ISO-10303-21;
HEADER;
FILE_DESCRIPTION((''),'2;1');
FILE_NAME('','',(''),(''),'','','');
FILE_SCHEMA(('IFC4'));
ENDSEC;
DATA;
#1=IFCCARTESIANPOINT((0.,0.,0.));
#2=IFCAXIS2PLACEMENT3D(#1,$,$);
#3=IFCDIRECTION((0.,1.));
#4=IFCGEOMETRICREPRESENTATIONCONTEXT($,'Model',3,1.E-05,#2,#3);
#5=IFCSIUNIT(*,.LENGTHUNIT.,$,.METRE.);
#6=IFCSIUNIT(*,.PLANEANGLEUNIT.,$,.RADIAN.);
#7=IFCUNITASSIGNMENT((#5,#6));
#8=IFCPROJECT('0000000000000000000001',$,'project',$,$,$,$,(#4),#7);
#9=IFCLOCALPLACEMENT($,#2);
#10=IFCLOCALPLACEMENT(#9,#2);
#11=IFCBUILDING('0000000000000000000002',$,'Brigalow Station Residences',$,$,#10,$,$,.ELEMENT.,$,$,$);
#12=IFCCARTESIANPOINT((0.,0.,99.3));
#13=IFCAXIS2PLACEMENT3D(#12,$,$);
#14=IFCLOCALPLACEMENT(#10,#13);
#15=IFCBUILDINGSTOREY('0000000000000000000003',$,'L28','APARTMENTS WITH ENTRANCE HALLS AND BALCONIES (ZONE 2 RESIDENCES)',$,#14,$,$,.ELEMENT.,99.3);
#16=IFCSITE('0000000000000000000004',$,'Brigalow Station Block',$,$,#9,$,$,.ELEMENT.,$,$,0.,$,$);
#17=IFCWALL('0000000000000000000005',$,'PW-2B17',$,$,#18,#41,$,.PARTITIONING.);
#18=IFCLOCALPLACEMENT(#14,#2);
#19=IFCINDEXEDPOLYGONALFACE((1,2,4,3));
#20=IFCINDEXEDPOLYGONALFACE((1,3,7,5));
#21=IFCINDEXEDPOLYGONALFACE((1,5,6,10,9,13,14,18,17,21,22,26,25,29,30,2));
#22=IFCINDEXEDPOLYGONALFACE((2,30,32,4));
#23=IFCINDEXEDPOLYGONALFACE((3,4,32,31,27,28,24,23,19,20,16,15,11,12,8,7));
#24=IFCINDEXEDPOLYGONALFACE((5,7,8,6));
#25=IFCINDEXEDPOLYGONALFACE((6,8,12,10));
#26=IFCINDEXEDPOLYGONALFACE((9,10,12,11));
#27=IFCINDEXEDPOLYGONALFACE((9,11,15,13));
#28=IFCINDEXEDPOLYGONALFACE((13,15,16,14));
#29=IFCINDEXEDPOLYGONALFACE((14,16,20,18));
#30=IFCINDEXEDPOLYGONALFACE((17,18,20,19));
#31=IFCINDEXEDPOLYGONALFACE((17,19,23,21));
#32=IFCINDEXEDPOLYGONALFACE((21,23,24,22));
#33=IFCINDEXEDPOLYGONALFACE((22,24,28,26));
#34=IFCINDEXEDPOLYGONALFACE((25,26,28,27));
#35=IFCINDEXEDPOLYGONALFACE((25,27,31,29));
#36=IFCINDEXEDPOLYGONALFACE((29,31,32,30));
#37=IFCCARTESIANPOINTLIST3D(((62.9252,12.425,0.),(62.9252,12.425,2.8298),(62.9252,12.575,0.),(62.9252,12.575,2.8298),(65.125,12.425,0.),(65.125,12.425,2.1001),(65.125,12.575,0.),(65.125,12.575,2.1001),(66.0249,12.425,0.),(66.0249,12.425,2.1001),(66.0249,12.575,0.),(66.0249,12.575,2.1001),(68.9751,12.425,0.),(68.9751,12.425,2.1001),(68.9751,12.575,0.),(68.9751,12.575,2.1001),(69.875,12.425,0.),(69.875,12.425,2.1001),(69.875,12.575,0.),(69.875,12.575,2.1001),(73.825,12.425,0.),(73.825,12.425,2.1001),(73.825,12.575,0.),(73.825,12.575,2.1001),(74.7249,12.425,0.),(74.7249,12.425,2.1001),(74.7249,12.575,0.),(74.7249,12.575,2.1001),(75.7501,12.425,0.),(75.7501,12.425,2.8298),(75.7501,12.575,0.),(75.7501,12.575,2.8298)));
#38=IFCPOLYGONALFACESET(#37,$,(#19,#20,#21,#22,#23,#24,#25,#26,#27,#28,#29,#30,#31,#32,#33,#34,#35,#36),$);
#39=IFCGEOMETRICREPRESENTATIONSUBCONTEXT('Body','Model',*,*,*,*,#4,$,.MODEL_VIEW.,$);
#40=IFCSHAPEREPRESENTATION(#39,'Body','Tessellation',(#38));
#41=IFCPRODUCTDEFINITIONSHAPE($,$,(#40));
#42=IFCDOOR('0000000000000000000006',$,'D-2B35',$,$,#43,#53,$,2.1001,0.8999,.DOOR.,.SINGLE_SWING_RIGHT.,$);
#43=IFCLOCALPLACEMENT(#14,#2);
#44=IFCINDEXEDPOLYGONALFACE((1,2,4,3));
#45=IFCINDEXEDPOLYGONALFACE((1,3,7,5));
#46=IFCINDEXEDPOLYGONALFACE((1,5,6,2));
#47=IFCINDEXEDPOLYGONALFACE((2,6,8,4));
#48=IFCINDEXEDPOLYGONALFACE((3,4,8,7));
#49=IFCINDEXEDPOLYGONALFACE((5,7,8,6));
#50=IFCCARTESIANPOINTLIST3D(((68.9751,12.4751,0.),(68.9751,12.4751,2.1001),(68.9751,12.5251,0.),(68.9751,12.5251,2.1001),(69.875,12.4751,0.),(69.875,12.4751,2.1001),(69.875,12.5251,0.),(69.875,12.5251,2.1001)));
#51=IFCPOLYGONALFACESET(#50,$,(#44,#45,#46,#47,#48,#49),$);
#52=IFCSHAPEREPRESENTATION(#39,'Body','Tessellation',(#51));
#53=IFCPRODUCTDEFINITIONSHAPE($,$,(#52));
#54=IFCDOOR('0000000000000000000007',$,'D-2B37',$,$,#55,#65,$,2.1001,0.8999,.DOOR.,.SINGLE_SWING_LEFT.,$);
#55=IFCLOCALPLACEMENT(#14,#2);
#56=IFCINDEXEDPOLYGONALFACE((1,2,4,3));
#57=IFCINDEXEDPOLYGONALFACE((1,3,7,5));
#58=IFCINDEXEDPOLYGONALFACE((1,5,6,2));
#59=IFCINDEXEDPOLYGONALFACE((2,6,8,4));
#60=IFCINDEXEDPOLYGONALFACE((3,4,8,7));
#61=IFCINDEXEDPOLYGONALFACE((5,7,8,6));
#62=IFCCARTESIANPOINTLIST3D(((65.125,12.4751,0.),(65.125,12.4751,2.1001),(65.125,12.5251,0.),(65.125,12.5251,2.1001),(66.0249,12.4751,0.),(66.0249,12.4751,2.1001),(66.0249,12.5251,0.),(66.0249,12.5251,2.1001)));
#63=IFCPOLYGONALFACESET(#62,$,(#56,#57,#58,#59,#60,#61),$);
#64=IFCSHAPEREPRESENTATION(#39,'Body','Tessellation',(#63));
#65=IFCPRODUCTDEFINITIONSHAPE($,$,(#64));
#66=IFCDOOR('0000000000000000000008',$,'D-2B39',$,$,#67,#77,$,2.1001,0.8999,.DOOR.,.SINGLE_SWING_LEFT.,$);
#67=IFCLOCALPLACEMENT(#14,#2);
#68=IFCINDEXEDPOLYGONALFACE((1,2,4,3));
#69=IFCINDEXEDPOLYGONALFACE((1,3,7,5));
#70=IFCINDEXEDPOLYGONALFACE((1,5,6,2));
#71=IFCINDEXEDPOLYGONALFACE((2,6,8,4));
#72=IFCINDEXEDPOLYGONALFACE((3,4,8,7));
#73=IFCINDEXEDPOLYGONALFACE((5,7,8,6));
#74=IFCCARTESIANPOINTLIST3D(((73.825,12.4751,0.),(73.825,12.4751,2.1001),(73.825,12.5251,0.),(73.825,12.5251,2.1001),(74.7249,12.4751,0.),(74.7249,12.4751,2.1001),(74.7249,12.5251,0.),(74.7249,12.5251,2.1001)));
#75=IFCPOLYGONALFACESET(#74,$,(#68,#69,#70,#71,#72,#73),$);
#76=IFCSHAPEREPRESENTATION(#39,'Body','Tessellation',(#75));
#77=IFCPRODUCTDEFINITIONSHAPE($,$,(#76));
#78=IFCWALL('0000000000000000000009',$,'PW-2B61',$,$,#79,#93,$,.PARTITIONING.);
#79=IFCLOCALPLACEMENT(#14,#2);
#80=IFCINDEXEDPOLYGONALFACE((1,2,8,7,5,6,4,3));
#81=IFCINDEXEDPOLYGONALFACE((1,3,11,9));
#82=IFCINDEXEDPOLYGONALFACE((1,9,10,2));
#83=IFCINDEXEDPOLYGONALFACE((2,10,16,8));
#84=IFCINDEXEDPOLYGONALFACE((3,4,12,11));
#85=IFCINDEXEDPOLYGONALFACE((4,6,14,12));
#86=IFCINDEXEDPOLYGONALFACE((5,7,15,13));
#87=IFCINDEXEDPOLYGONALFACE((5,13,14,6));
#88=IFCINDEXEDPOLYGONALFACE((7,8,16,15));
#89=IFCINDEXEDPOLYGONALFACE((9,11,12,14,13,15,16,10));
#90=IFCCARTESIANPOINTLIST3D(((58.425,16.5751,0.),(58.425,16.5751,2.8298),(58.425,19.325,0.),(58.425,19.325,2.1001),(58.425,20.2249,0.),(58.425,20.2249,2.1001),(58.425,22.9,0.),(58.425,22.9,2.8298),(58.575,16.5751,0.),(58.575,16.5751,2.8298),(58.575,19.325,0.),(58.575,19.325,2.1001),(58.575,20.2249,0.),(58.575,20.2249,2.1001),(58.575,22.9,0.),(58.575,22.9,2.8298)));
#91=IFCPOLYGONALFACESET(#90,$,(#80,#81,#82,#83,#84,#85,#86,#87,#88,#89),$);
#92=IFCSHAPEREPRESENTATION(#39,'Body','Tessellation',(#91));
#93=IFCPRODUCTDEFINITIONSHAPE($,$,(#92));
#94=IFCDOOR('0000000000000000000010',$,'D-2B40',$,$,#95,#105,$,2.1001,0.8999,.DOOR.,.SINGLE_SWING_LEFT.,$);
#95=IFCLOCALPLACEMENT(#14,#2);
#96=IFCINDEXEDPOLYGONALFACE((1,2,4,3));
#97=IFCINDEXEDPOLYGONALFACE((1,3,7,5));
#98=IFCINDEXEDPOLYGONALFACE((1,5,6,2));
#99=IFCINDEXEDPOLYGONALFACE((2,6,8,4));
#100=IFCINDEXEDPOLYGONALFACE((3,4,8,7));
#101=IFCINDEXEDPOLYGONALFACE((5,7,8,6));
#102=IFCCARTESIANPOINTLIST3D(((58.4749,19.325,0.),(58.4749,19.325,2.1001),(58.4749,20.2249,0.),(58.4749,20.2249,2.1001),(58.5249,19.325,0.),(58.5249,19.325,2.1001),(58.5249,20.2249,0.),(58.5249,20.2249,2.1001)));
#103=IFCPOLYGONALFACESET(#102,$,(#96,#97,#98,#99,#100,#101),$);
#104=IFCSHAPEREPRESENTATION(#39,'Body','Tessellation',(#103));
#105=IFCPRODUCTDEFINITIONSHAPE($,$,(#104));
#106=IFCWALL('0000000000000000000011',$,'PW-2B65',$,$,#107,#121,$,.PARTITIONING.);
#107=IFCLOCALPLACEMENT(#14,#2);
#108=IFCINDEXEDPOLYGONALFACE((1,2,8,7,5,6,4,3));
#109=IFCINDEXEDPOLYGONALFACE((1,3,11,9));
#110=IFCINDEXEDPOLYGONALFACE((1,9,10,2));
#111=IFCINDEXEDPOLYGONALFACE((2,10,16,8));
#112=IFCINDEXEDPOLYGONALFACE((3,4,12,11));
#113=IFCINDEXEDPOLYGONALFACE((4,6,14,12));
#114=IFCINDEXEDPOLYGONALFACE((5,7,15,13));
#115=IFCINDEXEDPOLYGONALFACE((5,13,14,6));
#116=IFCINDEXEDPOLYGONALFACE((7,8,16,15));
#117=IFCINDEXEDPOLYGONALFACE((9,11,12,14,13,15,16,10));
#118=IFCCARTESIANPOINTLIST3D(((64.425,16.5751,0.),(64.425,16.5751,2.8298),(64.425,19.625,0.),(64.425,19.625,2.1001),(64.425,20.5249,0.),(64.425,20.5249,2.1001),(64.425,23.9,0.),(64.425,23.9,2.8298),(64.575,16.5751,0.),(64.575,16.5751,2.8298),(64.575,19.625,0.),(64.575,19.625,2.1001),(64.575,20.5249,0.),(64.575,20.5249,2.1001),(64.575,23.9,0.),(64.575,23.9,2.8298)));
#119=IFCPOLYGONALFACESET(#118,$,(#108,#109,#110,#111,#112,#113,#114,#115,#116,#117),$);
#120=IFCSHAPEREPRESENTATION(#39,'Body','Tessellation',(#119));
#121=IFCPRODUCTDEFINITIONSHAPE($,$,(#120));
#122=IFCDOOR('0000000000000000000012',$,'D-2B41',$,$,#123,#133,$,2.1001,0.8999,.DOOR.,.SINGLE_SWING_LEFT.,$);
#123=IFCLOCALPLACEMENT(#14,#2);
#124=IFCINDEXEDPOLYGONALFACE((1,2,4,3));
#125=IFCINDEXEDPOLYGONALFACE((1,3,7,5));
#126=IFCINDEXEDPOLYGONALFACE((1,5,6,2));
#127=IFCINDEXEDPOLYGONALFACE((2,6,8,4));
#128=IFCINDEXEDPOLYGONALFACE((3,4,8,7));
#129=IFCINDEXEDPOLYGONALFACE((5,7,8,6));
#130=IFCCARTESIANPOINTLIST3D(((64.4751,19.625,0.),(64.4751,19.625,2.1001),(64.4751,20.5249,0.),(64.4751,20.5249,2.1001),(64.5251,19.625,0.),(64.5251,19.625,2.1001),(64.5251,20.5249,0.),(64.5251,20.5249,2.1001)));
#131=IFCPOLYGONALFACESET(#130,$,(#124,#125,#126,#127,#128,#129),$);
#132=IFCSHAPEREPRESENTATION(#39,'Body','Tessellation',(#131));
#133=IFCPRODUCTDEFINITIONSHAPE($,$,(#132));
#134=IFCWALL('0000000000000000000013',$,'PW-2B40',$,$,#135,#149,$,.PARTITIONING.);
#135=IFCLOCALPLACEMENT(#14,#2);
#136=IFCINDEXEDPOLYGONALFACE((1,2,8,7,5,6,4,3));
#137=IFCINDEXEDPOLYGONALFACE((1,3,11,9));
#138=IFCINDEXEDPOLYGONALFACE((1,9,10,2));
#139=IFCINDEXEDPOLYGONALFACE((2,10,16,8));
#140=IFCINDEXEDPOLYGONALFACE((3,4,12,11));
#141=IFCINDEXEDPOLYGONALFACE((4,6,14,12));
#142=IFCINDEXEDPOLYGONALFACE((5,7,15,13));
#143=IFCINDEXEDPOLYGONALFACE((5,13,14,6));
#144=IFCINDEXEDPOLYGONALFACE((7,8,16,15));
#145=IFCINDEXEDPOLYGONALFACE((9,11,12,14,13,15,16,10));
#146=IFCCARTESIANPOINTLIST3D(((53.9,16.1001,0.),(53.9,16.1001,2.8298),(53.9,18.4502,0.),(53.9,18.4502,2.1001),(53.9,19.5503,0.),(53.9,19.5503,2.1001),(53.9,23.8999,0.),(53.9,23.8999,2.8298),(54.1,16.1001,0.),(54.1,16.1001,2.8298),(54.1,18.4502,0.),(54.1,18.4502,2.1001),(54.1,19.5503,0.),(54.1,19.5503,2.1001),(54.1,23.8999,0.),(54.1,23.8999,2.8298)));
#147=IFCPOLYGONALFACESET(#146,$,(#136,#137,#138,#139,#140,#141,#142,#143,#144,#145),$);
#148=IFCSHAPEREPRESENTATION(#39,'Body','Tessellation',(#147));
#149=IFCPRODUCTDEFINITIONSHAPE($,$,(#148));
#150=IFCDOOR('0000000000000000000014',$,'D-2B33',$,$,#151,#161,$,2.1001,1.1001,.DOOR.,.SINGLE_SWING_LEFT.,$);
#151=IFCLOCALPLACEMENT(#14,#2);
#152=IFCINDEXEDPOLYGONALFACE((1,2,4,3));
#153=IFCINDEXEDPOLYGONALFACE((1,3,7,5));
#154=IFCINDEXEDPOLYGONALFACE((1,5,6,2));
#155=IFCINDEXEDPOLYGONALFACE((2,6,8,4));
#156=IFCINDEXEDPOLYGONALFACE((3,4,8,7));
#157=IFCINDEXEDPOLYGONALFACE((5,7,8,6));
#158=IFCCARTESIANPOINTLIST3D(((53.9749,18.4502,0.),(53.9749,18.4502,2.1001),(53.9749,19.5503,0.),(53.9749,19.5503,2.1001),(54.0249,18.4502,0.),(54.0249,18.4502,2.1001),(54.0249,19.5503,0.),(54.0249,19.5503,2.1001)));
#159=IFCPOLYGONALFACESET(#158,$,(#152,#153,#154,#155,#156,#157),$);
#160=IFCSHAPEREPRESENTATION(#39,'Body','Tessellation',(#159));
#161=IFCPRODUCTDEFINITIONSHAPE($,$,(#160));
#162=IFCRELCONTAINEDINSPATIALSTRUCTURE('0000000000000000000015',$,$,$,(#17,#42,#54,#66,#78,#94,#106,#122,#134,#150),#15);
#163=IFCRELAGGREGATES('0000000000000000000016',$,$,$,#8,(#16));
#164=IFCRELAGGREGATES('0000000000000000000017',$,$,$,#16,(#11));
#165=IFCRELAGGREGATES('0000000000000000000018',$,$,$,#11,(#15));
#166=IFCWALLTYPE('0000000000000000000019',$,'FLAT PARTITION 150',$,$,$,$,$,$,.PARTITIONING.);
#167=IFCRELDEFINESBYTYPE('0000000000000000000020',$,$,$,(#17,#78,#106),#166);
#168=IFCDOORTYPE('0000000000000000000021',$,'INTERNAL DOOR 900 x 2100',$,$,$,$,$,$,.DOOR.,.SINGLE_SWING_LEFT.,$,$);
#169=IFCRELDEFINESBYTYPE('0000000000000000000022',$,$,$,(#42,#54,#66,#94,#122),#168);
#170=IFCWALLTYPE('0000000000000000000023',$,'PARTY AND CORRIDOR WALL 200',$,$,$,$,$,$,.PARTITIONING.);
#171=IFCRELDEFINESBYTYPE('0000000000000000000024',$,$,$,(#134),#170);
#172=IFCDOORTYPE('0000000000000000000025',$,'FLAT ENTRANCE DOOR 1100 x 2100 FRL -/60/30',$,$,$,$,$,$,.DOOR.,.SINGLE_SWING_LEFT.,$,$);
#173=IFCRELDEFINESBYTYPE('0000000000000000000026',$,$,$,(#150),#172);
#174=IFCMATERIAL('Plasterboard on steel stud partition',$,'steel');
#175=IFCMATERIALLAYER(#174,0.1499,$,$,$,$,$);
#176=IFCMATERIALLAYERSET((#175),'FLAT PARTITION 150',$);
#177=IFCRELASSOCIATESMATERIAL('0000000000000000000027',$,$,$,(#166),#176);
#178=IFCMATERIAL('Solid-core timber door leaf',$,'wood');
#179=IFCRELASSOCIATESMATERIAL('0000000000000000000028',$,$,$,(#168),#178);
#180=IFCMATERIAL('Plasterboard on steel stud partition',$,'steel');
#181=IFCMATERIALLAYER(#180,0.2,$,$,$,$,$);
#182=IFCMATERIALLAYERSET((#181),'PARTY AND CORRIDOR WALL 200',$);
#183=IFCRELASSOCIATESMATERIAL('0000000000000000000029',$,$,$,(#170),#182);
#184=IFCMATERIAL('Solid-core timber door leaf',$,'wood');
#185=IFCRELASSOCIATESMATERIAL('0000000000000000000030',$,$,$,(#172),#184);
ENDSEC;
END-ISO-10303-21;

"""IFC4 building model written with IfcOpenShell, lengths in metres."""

from ifc_helpers import new_model, si_unit, direction, frame, frame_2d, origin, place, context, subcontext, project, spatial, rectangle, extrude, material, layer, layer_set, type_object, element, fill, save


model = new_model("IFC4")

# Units and contexts
model_context = context("Model", 3, precision=1e-05, world=origin(), true_north=direction((0.0, 1.0)))
body_context = subcontext(model_context, "Body", "Model", "MODEL_VIEW")
ifc_project = project(units=[si_unit("LENGTHUNIT", "METRE"), si_unit("PLANEANGLEUNIT", "RADIAN")], contexts=[model_context])

# Site, building, storey
site_placement = place(None, origin())
site = spatial("IfcSite", under=ifc_project, at=site_placement, Name="Brigalow Station Block", CompositionType="ELEMENT", RefElevation=0.0)
building_placement = place(site_placement, origin())
building = spatial("IfcBuilding", under=site, at=building_placement, Name="Brigalow Station Residences", CompositionType="ELEMENT")
storey_placement = place(building_placement, frame((0.0, 0.0, 99.3)))
storey = spatial("IfcBuildingStorey", under=building, at=storey_placement, Name="L28", Description="APARTMENTS WITH ENTRANCE HALLS AND BALCONIES (ZONE 2 RESIDENCES)", CompositionType="ELEMENT", Elevation=99.3)

# Shared definitions
ifc_material_1 = material(Name="Plasterboard on steel stud partition", Category="steel")
ifc_layer_1 = layer(ifc_material_1, 0.1499)
ifc_layer_set_1 = layer_set([ifc_layer_1], Name="FLAT PARTITION 150")
wall_type_1 = type_object("IfcWallType", Name="FLAT PARTITION 150", PredefinedType="PARTITIONING", material=ifc_layer_set_1)

# Wall, openings, doors
wall_1_placement = place(storey_placement, frame((62.925, 12.5, 0.0), z_axis=(0.0, 0.0, 1.0), x_axis=(1.0, 0.0, 0.0)))
wall_1 = element("IfcWall", 1, at=wall_1_placement, inside=storey, type_object=wall_type_1, Name="PW-2B17", PredefinedType="PARTITIONING", context=body_context, shape_type="SweptSolid", body=[
    extrude(rectangle(XDim=12.825, YDim=0.1499, at=frame_2d((6.4126, 0.0))), origin(), (0.0, 0.0, 1.0), 2.8298),
])
opening_1_placement = place(wall_1_placement, frame((6.05, 0.0, 0.0)))
opening_1 = element("IfcOpeningElement", 2, at=opening_1_placement, cuts=wall_1, PredefinedType="OPENING", context=body_context, shape_type="SweptSolid", body=[
    extrude(rectangle(XDim=0.8999, YDim=2.1001, at=frame_2d((0.45, 1.05))), frame((0.0, 0.085, 0.0), z_axis=(0.0, -1.0, 0.0), x_axis=(1.0, 0.0, 0.0)), (0.0, 0.0, 1.0), 0.1699),
])
opening_2_placement = place(wall_1_placement, frame((2.2, 0.0, 0.0)))
opening_2 = element("IfcOpeningElement", 3, at=opening_2_placement, cuts=wall_1, PredefinedType="OPENING", context=body_context, shape_type="SweptSolid", body=[
    extrude(rectangle(XDim=0.8999, YDim=2.1001, at=frame_2d((0.45, 1.05))), frame((0.0, 0.085, 0.0), z_axis=(0.0, -1.0, 0.0), x_axis=(1.0, 0.0, 0.0)), (0.0, 0.0, 1.0), 0.1699),
])
opening_3_placement = place(wall_1_placement, frame((10.8999, 0.0, 0.0)))
opening_3 = element("IfcOpeningElement", 4, at=opening_3_placement, cuts=wall_1, PredefinedType="OPENING", context=body_context, shape_type="SweptSolid", body=[
    extrude(rectangle(XDim=0.8999, YDim=2.1001, at=frame_2d((0.45, 1.05))), frame((0.0, 0.085, 0.0), z_axis=(0.0, -1.0, 0.0), x_axis=(1.0, 0.0, 0.0)), (0.0, 0.0, 1.0), 0.1699),
])
ifc_material_2 = material(Name="Solid-core timber door leaf", Category="wood")
door_type_1 = type_object("IfcDoorType", Name="INTERNAL DOOR 900 x 2100", OperationType="SINGLE_SWING_LEFT", PredefinedType="DOOR", material=ifc_material_2)
door_1_placement = place(opening_1_placement, frame((0.8999, 0.0, 0.0), z_axis=(0.0, 0.0, 1.0), x_axis=(-1.0, 0.0, 0.0)))
door_1 = element("IfcDoor", 5, at=door_1_placement, inside=storey, type_object=door_type_1, Name="D-2B35", OperationType="SINGLE_SWING_RIGHT", OverallHeight=2.1001, OverallWidth=0.8999, PredefinedType="DOOR", context=body_context, shape_type="SweptSolid", body=[
    extrude(rectangle(XDim=0.8999, YDim=2.1001, at=frame_2d((0.45, 1.05))), frame((0.0, 0.0249, 0.0), z_axis=(0.0, -1.0, 0.0), x_axis=(1.0, 0.0, 0.0)), (0.0, 0.0, 1.0), 0.05),
])
fill(opening_1, door_1)
door_2_placement = place(opening_2_placement, frame((0.8999, 0.0, 0.0), z_axis=(0.0, 0.0, 1.0), x_axis=(-1.0, 0.0, 0.0)))
door_2 = element("IfcDoor", 6, at=door_2_placement, inside=storey, type_object=door_type_1, Name="D-2B37", OperationType="SINGLE_SWING_LEFT", OverallHeight=2.1001, OverallWidth=0.8999, PredefinedType="DOOR", context=body_context, shape_type="SweptSolid", body=[
    extrude(rectangle(XDim=0.8999, YDim=2.1001, at=frame_2d((0.45, 1.05))), frame((0.0, 0.0249, 0.0), z_axis=(0.0, -1.0, 0.0), x_axis=(1.0, 0.0, 0.0)), (0.0, 0.0, 1.0), 0.05),
])
fill(opening_2, door_2)
door_3_placement = place(opening_3_placement, frame((0.8999, 0.0, 0.0), z_axis=(0.0, 0.0, 1.0), x_axis=(-1.0, 0.0, 0.0)))
door_3 = element("IfcDoor", 7, at=door_3_placement, inside=storey, type_object=door_type_1, Name="D-2B39", OperationType="SINGLE_SWING_LEFT", OverallHeight=2.1001, OverallWidth=0.8999, PredefinedType="DOOR", context=body_context, shape_type="SweptSolid", body=[
    extrude(rectangle(XDim=0.8999, YDim=2.1001, at=frame_2d((0.45, 1.05))), frame((0.0, 0.0249, 0.0), z_axis=(0.0, -1.0, 0.0), x_axis=(1.0, 0.0, 0.0)), (0.0, 0.0, 1.0), 0.05),
])
fill(opening_3, door_3)

# Walls, openings, doors
wall_2_placement = place(storey_placement, frame((58.5, 16.575, 0.0), z_axis=(0.0, 0.0, 1.0), x_axis=(0.0, 1.0, 0.0)))
wall_2 = element("IfcWall", 8, at=wall_2_placement, inside=storey, type_object=wall_type_1, Name="PW-2B61", PredefinedType="PARTITIONING", context=body_context, shape_type="SweptSolid", body=[
    extrude(rectangle(XDim=6.325, YDim=0.1499, at=frame_2d((3.1626, 0.0))), origin(), (0.0, 0.0, 1.0), 2.8298),
])
opening_4_placement = place(wall_2_placement, frame((2.75, 0.0, 0.0)))
opening_4 = element("IfcOpeningElement", 9, at=opening_4_placement, cuts=wall_2, PredefinedType="OPENING", context=body_context, shape_type="SweptSolid", body=[
    extrude(rectangle(XDim=0.8999, YDim=2.1001, at=frame_2d((0.45, 1.05))), frame((0.0, 0.085, 0.0), z_axis=(0.0, -1.0, 0.0), x_axis=(1.0, 0.0, 0.0)), (0.0, 0.0, 1.0), 0.1699),
])
door_4_placement = place(opening_4_placement, frame((0.8999, 0.0, 0.0), z_axis=(0.0, 0.0, 1.0), x_axis=(-1.0, 0.0, 0.0)))
door_4 = element("IfcDoor", 10, at=door_4_placement, inside=storey, type_object=door_type_1, Name="D-2B40", OperationType="SINGLE_SWING_LEFT", OverallHeight=2.1001, OverallWidth=0.8999, PredefinedType="DOOR", context=body_context, shape_type="SweptSolid", body=[
    extrude(rectangle(XDim=0.8999, YDim=2.1001, at=frame_2d((0.45, 1.05))), frame((0.0, 0.0249, 0.0), z_axis=(0.0, -1.0, 0.0), x_axis=(1.0, 0.0, 0.0)), (0.0, 0.0, 1.0), 0.05),
])
fill(opening_4, door_4)
wall_3_placement = place(storey_placement, frame((64.5, 16.575, 0.0), z_axis=(0.0, 0.0, 1.0), x_axis=(0.0, 1.0, 0.0)))
wall_3 = element("IfcWall", 11, at=wall_3_placement, inside=storey, type_object=wall_type_1, Name="PW-2B65", PredefinedType="PARTITIONING", context=body_context, shape_type="SweptSolid", body=[
    extrude(rectangle(XDim=7.325, YDim=0.1499, at=frame_2d((3.6626, 0.0))), origin(), (0.0, 0.0, 1.0), 2.8298),
])
opening_5_placement = place(wall_3_placement, frame((3.05, 0.0, 0.0)))
opening_5 = element("IfcOpeningElement", 12, at=opening_5_placement, cuts=wall_3, PredefinedType="OPENING", context=body_context, shape_type="SweptSolid", body=[
    extrude(rectangle(XDim=0.8999, YDim=2.1001, at=frame_2d((0.45, 1.05))), frame((0.0, 0.085, 0.0), z_axis=(0.0, -1.0, 0.0), x_axis=(1.0, 0.0, 0.0)), (0.0, 0.0, 1.0), 0.1699),
])
door_5_placement = place(opening_5_placement, origin())
door_5 = element("IfcDoor", 13, at=door_5_placement, inside=storey, type_object=door_type_1, Name="D-2B41", OperationType="SINGLE_SWING_LEFT", OverallHeight=2.1001, OverallWidth=0.8999, PredefinedType="DOOR", context=body_context, shape_type="SweptSolid", body=[
    extrude(rectangle(XDim=0.8999, YDim=2.1001, at=frame_2d((0.45, 1.05))), frame((0.0, 0.0249, 0.0), z_axis=(0.0, -1.0, 0.0), x_axis=(1.0, 0.0, 0.0)), (0.0, 0.0, 1.0), 0.05),
])
fill(opening_5, door_5)
ifc_material_3 = material(Name="Plasterboard on steel stud partition", Category="steel")
ifc_layer_2 = layer(ifc_material_3, 0.2)
ifc_layer_set_2 = layer_set([ifc_layer_2], Name="PARTY AND CORRIDOR WALL 200")
wall_type_2 = type_object("IfcWallType", Name="PARTY AND CORRIDOR WALL 200", PredefinedType="PARTITIONING", material=ifc_layer_set_2)
wall_4_placement = place(storey_placement, frame((54.0, 16.1001, 0.0), z_axis=(0.0, 0.0, 1.0), x_axis=(0.0, 1.0, 0.0)))
wall_4 = element("IfcWall", 14, at=wall_4_placement, inside=storey, type_object=wall_type_2, Name="PW-2B40", PredefinedType="PARTITIONING", context=body_context, shape_type="SweptSolid", body=[
    extrude(rectangle(XDim=7.7998, YDim=0.2, at=frame_2d((3.8999, 0.0))), origin(), (0.0, 0.0, 1.0), 2.8298),
])
opening_6_placement = place(wall_4_placement, frame((2.3501, 0.0, 0.0)))
opening_6 = element("IfcOpeningElement", 15, at=opening_6_placement, cuts=wall_4, PredefinedType="OPENING", context=body_context, shape_type="SweptSolid", body=[
    extrude(rectangle(XDim=1.1001, YDim=2.1001, at=frame_2d((0.55, 1.05))), frame((0.0, 0.1099, 0.0), z_axis=(0.0, -1.0, 0.0), x_axis=(1.0, 0.0, 0.0)), (0.0, 0.0, 1.0), 0.22),
])
ifc_material_4 = material(Name="Solid-core timber door leaf", Category="wood")
door_type_2 = type_object("IfcDoorType", Name="FLAT ENTRANCE DOOR 1100 x 2100 FRL -/60/30", OperationType="SINGLE_SWING_LEFT", PredefinedType="DOOR", material=ifc_material_4)
door_6_placement = place(opening_6_placement, frame((1.1001, 0.0, 0.0), z_axis=(0.0, 0.0, 1.0), x_axis=(-1.0, 0.0, 0.0)))
door_6 = element("IfcDoor", 16, at=door_6_placement, inside=storey, type_object=door_type_2, Name="D-2B33", OperationType="SINGLE_SWING_LEFT", OverallHeight=2.1001, OverallWidth=1.1001, PredefinedType="DOOR", context=body_context, shape_type="SweptSolid", body=[
    extrude(rectangle(XDim=1.1001, YDim=2.1001, at=frame_2d((0.55, 1.05))), frame((0.0, 0.0249, 0.0), z_axis=(0.0, -1.0, 0.0), x_axis=(1.0, 0.0, 0.0)), (0.0, 0.0, 1.0), 0.05),
])
fill(opening_6, door_6)

save(model, "model.ifc")
